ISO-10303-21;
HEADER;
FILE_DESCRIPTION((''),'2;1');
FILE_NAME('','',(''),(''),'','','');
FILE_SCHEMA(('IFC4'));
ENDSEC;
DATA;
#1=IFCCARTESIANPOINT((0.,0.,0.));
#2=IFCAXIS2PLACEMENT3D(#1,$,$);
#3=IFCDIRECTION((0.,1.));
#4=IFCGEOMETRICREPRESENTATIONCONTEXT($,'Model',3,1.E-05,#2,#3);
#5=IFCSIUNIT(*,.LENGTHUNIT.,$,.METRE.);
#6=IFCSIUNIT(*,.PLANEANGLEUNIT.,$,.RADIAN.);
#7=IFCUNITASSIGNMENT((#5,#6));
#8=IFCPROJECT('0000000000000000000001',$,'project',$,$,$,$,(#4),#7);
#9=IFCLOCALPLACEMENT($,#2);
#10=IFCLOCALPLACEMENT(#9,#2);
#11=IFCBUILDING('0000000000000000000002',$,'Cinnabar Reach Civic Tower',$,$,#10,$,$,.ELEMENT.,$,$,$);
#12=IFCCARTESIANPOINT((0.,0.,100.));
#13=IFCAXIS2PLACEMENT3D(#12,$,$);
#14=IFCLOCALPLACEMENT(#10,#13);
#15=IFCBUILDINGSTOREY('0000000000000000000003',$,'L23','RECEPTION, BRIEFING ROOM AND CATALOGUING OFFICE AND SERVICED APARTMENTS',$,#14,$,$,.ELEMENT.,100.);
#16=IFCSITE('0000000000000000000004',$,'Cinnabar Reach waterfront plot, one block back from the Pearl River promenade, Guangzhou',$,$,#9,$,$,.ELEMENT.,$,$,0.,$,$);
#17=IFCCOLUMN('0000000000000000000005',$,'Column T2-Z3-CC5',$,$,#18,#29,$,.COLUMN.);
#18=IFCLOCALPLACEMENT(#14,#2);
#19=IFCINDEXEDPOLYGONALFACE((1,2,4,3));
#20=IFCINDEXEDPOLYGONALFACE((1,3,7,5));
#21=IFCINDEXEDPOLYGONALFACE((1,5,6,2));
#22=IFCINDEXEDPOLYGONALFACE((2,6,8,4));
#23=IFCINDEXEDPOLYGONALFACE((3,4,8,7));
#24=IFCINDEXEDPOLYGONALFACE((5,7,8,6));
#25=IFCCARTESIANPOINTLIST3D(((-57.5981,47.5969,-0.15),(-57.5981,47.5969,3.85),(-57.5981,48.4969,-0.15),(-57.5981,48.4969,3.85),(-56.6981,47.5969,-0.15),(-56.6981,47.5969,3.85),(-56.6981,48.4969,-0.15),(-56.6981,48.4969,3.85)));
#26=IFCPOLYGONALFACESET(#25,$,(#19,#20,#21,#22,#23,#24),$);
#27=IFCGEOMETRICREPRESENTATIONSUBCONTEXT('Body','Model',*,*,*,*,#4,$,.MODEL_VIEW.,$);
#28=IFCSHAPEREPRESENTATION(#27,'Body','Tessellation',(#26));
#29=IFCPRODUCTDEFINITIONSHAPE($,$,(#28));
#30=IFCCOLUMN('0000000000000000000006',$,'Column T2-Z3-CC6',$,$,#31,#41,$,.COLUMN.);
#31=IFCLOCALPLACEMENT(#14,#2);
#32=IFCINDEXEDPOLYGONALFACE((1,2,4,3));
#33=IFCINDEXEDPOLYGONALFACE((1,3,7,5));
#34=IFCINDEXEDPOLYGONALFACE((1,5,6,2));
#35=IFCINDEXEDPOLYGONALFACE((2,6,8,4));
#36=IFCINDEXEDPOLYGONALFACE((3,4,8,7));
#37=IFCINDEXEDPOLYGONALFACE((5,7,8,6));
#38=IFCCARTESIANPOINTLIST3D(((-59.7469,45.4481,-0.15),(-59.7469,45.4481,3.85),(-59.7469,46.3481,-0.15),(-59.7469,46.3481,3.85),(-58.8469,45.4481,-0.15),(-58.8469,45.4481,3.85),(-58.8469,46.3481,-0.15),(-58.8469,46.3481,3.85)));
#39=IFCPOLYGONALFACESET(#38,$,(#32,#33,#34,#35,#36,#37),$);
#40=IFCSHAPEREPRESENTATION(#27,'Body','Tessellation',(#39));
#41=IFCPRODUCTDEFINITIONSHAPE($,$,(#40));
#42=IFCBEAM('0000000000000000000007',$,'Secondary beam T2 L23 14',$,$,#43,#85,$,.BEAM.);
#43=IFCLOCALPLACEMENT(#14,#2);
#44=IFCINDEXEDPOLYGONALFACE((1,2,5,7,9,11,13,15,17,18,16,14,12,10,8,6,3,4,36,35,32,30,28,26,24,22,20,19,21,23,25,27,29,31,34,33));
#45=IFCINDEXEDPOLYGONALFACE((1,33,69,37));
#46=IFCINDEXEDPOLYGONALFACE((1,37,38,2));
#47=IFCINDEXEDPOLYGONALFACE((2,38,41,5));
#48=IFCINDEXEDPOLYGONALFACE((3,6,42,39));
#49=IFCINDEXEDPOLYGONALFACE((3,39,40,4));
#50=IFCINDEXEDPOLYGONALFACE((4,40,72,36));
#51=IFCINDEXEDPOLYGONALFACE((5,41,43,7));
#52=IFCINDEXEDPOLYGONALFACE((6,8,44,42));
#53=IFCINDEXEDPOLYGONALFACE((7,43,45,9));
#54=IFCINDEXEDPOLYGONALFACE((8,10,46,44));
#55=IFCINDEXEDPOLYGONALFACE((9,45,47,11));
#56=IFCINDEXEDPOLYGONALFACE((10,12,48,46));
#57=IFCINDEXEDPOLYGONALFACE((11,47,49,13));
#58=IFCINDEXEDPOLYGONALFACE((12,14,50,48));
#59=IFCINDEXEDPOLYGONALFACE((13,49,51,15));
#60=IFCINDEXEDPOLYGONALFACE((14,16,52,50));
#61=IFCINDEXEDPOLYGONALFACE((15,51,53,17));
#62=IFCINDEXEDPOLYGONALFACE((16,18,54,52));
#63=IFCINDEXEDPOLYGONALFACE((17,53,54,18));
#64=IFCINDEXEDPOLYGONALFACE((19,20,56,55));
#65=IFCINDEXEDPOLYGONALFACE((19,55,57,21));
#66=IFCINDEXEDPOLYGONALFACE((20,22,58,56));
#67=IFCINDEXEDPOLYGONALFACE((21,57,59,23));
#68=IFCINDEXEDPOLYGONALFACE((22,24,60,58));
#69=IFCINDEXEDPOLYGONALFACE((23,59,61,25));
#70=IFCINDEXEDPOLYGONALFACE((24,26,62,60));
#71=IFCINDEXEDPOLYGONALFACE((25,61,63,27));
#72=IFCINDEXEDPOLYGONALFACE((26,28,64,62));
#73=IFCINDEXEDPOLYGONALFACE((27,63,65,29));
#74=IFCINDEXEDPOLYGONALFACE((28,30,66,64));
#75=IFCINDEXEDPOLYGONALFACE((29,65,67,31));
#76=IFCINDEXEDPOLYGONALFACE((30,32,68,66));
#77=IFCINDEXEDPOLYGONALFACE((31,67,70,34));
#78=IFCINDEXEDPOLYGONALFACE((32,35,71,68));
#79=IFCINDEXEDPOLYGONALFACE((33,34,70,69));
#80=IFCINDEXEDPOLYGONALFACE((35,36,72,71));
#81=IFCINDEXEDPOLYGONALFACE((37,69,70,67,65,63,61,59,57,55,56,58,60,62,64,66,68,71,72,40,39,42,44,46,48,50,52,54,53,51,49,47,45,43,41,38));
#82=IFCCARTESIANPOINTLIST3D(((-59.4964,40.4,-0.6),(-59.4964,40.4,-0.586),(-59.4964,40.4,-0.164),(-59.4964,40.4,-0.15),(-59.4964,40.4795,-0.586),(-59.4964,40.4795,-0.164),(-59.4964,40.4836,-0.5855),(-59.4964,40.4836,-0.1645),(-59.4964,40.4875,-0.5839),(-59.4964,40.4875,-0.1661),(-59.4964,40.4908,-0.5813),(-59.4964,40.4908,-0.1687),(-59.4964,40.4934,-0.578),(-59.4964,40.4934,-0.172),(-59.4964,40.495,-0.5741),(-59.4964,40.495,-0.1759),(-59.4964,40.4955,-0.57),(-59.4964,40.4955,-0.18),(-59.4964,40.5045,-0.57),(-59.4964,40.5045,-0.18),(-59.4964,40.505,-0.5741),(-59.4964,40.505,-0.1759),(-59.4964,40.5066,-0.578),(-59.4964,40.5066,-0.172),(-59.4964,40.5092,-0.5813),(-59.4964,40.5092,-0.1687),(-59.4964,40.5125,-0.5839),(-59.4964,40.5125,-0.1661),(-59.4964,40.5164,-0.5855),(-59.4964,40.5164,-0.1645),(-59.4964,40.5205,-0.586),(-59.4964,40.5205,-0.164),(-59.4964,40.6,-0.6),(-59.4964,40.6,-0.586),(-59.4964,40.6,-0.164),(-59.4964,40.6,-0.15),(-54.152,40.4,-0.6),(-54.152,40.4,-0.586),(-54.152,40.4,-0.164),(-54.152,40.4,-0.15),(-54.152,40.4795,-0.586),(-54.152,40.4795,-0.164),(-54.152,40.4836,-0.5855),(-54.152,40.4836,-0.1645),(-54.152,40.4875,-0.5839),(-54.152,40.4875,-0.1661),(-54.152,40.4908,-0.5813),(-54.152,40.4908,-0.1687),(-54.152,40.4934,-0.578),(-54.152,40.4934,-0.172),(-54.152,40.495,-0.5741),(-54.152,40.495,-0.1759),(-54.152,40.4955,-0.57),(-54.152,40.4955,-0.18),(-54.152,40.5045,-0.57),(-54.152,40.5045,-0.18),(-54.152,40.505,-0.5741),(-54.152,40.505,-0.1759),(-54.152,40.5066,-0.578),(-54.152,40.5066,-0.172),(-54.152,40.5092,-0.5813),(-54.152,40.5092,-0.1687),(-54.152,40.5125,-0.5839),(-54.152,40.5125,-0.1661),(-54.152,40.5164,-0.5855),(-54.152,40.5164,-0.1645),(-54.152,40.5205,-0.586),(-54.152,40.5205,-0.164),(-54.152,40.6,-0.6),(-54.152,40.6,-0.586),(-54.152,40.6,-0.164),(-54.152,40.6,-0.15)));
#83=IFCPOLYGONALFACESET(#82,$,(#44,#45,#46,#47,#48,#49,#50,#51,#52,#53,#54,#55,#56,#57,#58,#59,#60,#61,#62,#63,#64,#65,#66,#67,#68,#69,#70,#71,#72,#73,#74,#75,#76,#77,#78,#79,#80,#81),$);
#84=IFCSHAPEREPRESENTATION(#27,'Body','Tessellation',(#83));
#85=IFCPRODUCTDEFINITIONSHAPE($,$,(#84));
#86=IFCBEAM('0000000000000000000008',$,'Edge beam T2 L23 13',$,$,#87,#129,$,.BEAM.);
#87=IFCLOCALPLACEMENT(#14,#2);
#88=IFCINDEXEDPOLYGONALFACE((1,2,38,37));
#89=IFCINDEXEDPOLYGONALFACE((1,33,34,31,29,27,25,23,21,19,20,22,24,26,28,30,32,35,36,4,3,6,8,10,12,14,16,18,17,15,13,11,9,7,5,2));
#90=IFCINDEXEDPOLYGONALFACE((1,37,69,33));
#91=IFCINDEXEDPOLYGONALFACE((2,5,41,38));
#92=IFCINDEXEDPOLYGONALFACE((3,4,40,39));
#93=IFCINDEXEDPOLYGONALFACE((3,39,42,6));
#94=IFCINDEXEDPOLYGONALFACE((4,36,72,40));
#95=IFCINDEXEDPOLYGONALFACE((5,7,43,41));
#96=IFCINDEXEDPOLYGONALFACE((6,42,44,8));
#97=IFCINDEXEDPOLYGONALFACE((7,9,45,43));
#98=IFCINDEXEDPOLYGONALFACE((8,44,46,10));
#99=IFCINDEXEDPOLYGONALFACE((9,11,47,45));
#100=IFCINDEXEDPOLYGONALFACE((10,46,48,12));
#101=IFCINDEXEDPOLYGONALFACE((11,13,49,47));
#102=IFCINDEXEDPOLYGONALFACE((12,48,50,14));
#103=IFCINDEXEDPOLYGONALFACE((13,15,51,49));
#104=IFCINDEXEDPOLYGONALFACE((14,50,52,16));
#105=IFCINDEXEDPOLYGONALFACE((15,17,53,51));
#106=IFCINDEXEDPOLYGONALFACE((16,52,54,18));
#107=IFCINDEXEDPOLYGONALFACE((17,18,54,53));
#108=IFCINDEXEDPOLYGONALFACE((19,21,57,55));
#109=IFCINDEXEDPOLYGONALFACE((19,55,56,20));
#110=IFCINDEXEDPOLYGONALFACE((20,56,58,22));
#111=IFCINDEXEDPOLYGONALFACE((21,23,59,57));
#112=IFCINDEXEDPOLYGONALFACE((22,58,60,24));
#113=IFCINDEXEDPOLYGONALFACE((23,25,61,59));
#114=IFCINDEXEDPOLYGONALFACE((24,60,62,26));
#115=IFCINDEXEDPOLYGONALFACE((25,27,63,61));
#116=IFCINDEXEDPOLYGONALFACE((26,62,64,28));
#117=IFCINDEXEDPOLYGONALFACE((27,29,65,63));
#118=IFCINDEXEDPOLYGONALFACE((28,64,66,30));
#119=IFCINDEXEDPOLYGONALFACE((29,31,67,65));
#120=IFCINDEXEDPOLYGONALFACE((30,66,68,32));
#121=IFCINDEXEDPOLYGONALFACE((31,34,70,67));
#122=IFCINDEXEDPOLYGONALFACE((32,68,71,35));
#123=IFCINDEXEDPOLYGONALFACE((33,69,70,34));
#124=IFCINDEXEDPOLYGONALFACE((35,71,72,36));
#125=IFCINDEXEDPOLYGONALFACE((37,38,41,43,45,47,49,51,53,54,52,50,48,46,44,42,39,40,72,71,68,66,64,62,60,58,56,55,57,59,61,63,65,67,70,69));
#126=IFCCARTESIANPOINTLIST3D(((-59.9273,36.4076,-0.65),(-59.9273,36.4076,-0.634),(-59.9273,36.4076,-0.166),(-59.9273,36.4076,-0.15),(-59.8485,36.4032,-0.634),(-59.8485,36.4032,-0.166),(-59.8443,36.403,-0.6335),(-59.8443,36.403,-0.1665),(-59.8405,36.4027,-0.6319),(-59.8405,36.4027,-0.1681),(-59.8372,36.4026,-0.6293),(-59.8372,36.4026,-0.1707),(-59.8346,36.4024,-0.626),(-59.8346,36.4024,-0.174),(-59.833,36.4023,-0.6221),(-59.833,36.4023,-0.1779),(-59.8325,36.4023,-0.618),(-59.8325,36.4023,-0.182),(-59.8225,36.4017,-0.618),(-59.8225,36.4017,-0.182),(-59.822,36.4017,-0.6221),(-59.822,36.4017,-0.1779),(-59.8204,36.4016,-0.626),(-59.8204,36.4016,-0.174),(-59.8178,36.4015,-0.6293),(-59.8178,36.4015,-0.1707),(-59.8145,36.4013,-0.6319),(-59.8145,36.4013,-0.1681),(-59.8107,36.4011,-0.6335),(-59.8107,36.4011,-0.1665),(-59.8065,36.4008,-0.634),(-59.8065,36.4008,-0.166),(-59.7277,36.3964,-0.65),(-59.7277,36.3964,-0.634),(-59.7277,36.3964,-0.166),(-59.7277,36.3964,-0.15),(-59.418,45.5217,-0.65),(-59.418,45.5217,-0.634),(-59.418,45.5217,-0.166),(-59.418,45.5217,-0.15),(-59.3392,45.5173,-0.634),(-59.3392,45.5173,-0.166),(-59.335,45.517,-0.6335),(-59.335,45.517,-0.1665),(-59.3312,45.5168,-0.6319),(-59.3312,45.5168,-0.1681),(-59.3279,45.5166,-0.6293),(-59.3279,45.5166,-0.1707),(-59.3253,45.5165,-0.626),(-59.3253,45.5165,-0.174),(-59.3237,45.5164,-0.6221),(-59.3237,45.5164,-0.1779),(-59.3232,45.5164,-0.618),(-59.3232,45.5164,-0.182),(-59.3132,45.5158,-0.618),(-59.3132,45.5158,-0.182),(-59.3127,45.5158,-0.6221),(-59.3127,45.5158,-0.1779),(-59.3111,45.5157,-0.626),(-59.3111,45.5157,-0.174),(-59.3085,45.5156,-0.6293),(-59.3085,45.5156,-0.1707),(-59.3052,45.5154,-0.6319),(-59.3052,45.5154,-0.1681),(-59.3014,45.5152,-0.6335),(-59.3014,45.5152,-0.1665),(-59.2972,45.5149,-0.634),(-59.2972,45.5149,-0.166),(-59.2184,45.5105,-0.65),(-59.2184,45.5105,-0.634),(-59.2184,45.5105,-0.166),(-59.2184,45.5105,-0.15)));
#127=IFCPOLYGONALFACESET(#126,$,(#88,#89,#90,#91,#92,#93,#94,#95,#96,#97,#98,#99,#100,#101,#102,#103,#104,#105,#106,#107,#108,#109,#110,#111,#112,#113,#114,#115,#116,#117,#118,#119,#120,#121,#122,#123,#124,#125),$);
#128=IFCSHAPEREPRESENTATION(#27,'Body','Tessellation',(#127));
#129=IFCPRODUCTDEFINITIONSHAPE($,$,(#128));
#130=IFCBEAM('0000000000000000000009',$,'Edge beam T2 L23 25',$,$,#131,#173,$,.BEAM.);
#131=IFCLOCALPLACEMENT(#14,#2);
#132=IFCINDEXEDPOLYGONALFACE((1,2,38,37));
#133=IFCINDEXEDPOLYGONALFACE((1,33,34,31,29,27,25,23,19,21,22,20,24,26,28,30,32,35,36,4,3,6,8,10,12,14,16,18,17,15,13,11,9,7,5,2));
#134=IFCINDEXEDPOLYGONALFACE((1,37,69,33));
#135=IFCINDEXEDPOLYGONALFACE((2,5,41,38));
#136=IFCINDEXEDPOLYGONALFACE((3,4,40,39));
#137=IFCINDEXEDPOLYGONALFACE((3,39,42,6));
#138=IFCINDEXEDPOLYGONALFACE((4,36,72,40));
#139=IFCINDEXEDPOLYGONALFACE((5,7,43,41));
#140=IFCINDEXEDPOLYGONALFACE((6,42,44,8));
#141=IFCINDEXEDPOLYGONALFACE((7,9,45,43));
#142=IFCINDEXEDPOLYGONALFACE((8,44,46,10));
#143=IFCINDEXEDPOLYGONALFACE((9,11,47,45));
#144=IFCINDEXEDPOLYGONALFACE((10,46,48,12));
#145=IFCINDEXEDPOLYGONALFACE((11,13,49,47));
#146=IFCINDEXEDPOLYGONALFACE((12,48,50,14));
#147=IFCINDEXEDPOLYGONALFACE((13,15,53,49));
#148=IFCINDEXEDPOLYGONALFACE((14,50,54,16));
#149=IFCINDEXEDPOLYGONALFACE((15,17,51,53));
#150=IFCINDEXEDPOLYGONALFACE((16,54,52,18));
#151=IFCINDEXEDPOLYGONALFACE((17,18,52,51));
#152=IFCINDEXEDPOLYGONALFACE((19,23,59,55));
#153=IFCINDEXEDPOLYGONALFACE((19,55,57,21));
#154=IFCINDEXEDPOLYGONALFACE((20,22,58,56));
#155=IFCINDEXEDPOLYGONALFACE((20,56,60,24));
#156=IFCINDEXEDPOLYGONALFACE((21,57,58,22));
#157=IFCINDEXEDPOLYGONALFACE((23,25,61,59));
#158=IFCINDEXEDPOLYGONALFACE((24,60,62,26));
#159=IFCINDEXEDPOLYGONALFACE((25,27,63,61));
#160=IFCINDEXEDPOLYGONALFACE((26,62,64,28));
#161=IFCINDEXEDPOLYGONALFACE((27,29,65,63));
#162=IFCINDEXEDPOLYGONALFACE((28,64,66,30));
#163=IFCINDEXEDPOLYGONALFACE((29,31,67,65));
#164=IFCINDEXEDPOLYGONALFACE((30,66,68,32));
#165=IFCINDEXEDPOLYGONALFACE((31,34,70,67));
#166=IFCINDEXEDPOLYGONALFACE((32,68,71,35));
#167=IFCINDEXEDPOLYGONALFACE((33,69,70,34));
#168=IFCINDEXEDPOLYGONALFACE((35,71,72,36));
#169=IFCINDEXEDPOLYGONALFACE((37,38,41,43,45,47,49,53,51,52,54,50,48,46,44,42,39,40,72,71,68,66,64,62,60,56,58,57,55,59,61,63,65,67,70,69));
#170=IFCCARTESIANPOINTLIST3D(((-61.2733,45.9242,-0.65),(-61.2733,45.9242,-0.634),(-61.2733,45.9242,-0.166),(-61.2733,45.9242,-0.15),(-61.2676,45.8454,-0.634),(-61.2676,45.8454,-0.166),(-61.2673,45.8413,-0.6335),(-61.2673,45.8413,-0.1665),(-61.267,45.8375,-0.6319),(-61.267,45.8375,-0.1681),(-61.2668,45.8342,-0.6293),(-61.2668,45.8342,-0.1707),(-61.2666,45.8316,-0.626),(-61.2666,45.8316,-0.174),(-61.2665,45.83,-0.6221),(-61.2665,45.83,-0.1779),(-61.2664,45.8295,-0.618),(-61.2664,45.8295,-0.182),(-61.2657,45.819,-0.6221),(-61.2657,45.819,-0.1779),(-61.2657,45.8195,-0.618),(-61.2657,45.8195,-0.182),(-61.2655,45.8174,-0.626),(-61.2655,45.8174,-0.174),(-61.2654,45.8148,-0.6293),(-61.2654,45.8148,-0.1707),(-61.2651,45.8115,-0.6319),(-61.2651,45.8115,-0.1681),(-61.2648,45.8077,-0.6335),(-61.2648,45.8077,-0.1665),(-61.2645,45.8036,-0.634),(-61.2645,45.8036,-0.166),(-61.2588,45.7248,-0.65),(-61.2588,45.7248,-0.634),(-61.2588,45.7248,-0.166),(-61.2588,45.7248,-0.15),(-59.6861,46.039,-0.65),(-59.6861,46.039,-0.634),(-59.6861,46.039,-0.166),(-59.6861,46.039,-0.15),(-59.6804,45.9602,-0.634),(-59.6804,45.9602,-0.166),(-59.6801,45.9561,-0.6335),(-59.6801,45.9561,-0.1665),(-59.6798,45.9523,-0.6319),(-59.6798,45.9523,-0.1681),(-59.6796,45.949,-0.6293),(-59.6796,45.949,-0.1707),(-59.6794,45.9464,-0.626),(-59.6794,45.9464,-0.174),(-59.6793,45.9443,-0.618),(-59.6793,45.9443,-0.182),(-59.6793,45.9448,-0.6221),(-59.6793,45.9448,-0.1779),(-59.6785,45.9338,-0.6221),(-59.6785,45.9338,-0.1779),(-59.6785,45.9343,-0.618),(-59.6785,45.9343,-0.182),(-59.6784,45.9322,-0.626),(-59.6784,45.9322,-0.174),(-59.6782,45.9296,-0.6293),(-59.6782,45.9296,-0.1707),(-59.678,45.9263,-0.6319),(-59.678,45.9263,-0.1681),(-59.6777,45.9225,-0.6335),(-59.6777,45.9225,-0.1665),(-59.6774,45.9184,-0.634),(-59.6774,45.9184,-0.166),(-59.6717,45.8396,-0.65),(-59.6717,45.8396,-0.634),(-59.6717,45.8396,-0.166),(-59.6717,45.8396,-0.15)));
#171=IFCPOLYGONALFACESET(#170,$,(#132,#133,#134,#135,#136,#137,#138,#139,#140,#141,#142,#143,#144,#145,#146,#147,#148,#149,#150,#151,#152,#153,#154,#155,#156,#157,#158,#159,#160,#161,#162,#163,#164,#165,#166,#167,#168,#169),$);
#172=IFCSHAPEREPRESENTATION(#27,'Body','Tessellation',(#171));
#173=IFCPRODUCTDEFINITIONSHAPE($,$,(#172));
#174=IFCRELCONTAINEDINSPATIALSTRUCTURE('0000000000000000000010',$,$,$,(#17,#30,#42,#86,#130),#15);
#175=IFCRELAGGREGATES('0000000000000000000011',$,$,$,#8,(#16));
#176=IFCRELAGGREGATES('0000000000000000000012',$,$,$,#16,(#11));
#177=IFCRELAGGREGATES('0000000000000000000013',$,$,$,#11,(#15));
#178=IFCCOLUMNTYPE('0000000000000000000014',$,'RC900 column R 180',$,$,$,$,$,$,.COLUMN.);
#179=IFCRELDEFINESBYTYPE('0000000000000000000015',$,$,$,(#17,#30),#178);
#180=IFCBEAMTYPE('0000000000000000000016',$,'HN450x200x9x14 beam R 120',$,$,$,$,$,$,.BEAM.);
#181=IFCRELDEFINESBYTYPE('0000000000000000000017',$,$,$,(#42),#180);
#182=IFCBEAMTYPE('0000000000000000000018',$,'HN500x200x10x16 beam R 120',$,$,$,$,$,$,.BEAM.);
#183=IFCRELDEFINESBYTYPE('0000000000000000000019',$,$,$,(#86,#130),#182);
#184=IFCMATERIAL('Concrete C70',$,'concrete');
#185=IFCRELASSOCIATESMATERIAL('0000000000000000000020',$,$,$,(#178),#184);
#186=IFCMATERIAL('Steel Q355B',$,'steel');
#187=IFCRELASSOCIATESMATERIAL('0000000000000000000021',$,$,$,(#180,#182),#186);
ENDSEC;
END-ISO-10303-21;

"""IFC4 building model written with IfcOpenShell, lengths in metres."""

from ifc_helpers import new_model, si_unit, direction, frame, origin, origin_2d, place, context, subcontext, project, spatial, rectangle, i_section, extrude, material, material_profile, profile_set, type_object, element, save


model = new_model("IFC4")

# Units and contexts
model_context = context("Model", 3, precision=1e-05, world=origin(), true_north=direction((0.0, 1.0)))
body_context = subcontext(model_context, "Body", "Model", "MODEL_VIEW")
ifc_project = project(units=[si_unit("LENGTHUNIT", "METRE"), si_unit("PLANEANGLEUNIT", "RADIAN")], contexts=[model_context])

# Site, building, storey
site_placement = place(None, origin())
site = spatial("IfcSite", under=ifc_project, at=site_placement, Name="Cinnabar Reach waterfront plot, one block back from the Pearl River promenade, Guangzhou", CompositionType="ELEMENT", RefElevation=0.0)
building_placement = place(site_placement, origin())
building = spatial("IfcBuilding", under=site, at=building_placement, Name="Cinnabar Reach Civic Tower", CompositionType="ELEMENT")
storey_placement = place(building_placement, frame((0.0, 0.0, 100.0)))
storey = spatial("IfcBuildingStorey", under=building, at=storey_placement, Name="L23", Description="RECEPTION, BRIEFING ROOM AND CATALOGUING OFFICE AND SERVICED APARTMENTS", CompositionType="ELEMENT", Elevation=100.0)

# Columns
ifc_material_1 = material(Name="Concrete C70", Category="concrete")
ifc_material_profile_1 = material_profile(ifc_material_1, rectangle(XDim=0.9, YDim=0.9, at=origin_2d()), Name="RC900")
ifc_profile_set_1 = profile_set([ifc_material_profile_1], Name="Concrete C70")
column_type = type_object("IfcColumnType", Name="RC900 column R 180", PredefinedType="COLUMN", material=ifc_profile_set_1)
for number, where, z_axis, x_axis, name in (
    (1, (-57.1481, 48.0469, -0.15), (0.0, 0.0, 1.0), (1.0, 0.0, 0.0), "Column T2-Z3-CC5"),
    (2, (-59.2969, 45.8981, -0.15), (0.0, 0.0, 1.0), (1.0, 0.0, 0.0), "Column T2-Z3-CC6"),
):
    element("IfcColumn", number, at=place(storey_placement, frame(where, z_axis=z_axis, x_axis=x_axis)), inside=storey, type_object=column_type, Name=name, PredefinedType="COLUMN", context=body_context, shape_type="SweptSolid", body=[
        extrude(rectangle(XDim=0.9, YDim=0.9, at=origin_2d()), origin(), (0.0, 0.0, 1.0), 4.0),
    ])

# Beams
ifc_material_2 = material(Name="Steel Q355B", Category="steel")
ifc_material_profile_2 = material_profile(ifc_material_2, i_section(OverallWidth=0.2, OverallDepth=0.45, WebThickness=0.009, FlangeThickness=0.014, FilletRadius=0.016, at=origin_2d()), Name="HN450x200x9x14")
ifc_profile_set_2 = profile_set([ifc_material_profile_2], Name="Steel Q355B")
beam_type_1 = type_object("IfcBeamType", Name="HN450x200x9x14 beam R 120", PredefinedType="BEAM", material=ifc_profile_set_2)
beam_1_placement = place(storey_placement, frame((-59.4964, 40.5, -0.375), z_axis=(1.0, 0.0, 0.0), x_axis=(0.0, 1.0, 0.0)))
element("IfcBeam", 3, at=beam_1_placement, inside=storey, type_object=beam_type_1, Name="Secondary beam T2 L23 14", PredefinedType="BEAM", context=body_context, shape_type="SweptSolid", body=[
    extrude(i_section(OverallWidth=0.2, OverallDepth=0.45, WebThickness=0.009, FlangeThickness=0.014, FilletRadius=0.016, at=origin_2d()), origin(), (0.0, 0.0, 1.0), 5.3444),
])
ifc_material_profile_3 = material_profile(ifc_material_2, i_section(OverallWidth=0.2, OverallDepth=0.5, WebThickness=0.01, FlangeThickness=0.016, FilletRadius=0.016, at=origin_2d()), Name="HN500x200x10x16")
ifc_profile_set_3 = profile_set([ifc_material_profile_3], Name="Steel Q355B")
beam_type_2 = type_object("IfcBeamType", Name="HN500x200x10x16 beam R 120", PredefinedType="BEAM", material=ifc_profile_set_3)
beam_2_placement = place(storey_placement, frame((-59.3182, 45.5161, -0.4), z_axis=(-0.055793, -0.998442, 0.0), x_axis=(0.998442, -0.055793, 0.0)))
element("IfcBeam", 4, at=beam_2_placement, inside=storey, type_object=beam_type_2, Name="Edge beam T2 L23 13", PredefinedType="BEAM", context=body_context, shape_type="SweptSolid", body=[
    extrude(i_section(OverallWidth=0.2, OverallDepth=0.5, WebThickness=0.01, FlangeThickness=0.016, FilletRadius=0.016, at=origin_2d()), origin(), (0.0, 0.0, 1.0), 9.1283),
])
beam_3_placement = place(storey_placement, frame((-59.6789, 45.9393, -0.4), z_axis=(-0.997395, -0.07214, 0.0), x_axis=(0.07214, -0.997395, 0.0)))
element("IfcBeam", 5, at=beam_3_placement, inside=storey, type_object=beam_type_2, Name="Edge beam T2 L23 25", PredefinedType="BEAM", context=body_context, shape_type="SweptSolid", body=[
    extrude(i_section(OverallWidth=0.2, OverallDepth=0.5, WebThickness=0.01, FlangeThickness=0.016, FilletRadius=0.016, at=origin_2d()), origin(), (0.0, 0.0, 1.0), 1.5913),
])

save(model, "model.ifc")
